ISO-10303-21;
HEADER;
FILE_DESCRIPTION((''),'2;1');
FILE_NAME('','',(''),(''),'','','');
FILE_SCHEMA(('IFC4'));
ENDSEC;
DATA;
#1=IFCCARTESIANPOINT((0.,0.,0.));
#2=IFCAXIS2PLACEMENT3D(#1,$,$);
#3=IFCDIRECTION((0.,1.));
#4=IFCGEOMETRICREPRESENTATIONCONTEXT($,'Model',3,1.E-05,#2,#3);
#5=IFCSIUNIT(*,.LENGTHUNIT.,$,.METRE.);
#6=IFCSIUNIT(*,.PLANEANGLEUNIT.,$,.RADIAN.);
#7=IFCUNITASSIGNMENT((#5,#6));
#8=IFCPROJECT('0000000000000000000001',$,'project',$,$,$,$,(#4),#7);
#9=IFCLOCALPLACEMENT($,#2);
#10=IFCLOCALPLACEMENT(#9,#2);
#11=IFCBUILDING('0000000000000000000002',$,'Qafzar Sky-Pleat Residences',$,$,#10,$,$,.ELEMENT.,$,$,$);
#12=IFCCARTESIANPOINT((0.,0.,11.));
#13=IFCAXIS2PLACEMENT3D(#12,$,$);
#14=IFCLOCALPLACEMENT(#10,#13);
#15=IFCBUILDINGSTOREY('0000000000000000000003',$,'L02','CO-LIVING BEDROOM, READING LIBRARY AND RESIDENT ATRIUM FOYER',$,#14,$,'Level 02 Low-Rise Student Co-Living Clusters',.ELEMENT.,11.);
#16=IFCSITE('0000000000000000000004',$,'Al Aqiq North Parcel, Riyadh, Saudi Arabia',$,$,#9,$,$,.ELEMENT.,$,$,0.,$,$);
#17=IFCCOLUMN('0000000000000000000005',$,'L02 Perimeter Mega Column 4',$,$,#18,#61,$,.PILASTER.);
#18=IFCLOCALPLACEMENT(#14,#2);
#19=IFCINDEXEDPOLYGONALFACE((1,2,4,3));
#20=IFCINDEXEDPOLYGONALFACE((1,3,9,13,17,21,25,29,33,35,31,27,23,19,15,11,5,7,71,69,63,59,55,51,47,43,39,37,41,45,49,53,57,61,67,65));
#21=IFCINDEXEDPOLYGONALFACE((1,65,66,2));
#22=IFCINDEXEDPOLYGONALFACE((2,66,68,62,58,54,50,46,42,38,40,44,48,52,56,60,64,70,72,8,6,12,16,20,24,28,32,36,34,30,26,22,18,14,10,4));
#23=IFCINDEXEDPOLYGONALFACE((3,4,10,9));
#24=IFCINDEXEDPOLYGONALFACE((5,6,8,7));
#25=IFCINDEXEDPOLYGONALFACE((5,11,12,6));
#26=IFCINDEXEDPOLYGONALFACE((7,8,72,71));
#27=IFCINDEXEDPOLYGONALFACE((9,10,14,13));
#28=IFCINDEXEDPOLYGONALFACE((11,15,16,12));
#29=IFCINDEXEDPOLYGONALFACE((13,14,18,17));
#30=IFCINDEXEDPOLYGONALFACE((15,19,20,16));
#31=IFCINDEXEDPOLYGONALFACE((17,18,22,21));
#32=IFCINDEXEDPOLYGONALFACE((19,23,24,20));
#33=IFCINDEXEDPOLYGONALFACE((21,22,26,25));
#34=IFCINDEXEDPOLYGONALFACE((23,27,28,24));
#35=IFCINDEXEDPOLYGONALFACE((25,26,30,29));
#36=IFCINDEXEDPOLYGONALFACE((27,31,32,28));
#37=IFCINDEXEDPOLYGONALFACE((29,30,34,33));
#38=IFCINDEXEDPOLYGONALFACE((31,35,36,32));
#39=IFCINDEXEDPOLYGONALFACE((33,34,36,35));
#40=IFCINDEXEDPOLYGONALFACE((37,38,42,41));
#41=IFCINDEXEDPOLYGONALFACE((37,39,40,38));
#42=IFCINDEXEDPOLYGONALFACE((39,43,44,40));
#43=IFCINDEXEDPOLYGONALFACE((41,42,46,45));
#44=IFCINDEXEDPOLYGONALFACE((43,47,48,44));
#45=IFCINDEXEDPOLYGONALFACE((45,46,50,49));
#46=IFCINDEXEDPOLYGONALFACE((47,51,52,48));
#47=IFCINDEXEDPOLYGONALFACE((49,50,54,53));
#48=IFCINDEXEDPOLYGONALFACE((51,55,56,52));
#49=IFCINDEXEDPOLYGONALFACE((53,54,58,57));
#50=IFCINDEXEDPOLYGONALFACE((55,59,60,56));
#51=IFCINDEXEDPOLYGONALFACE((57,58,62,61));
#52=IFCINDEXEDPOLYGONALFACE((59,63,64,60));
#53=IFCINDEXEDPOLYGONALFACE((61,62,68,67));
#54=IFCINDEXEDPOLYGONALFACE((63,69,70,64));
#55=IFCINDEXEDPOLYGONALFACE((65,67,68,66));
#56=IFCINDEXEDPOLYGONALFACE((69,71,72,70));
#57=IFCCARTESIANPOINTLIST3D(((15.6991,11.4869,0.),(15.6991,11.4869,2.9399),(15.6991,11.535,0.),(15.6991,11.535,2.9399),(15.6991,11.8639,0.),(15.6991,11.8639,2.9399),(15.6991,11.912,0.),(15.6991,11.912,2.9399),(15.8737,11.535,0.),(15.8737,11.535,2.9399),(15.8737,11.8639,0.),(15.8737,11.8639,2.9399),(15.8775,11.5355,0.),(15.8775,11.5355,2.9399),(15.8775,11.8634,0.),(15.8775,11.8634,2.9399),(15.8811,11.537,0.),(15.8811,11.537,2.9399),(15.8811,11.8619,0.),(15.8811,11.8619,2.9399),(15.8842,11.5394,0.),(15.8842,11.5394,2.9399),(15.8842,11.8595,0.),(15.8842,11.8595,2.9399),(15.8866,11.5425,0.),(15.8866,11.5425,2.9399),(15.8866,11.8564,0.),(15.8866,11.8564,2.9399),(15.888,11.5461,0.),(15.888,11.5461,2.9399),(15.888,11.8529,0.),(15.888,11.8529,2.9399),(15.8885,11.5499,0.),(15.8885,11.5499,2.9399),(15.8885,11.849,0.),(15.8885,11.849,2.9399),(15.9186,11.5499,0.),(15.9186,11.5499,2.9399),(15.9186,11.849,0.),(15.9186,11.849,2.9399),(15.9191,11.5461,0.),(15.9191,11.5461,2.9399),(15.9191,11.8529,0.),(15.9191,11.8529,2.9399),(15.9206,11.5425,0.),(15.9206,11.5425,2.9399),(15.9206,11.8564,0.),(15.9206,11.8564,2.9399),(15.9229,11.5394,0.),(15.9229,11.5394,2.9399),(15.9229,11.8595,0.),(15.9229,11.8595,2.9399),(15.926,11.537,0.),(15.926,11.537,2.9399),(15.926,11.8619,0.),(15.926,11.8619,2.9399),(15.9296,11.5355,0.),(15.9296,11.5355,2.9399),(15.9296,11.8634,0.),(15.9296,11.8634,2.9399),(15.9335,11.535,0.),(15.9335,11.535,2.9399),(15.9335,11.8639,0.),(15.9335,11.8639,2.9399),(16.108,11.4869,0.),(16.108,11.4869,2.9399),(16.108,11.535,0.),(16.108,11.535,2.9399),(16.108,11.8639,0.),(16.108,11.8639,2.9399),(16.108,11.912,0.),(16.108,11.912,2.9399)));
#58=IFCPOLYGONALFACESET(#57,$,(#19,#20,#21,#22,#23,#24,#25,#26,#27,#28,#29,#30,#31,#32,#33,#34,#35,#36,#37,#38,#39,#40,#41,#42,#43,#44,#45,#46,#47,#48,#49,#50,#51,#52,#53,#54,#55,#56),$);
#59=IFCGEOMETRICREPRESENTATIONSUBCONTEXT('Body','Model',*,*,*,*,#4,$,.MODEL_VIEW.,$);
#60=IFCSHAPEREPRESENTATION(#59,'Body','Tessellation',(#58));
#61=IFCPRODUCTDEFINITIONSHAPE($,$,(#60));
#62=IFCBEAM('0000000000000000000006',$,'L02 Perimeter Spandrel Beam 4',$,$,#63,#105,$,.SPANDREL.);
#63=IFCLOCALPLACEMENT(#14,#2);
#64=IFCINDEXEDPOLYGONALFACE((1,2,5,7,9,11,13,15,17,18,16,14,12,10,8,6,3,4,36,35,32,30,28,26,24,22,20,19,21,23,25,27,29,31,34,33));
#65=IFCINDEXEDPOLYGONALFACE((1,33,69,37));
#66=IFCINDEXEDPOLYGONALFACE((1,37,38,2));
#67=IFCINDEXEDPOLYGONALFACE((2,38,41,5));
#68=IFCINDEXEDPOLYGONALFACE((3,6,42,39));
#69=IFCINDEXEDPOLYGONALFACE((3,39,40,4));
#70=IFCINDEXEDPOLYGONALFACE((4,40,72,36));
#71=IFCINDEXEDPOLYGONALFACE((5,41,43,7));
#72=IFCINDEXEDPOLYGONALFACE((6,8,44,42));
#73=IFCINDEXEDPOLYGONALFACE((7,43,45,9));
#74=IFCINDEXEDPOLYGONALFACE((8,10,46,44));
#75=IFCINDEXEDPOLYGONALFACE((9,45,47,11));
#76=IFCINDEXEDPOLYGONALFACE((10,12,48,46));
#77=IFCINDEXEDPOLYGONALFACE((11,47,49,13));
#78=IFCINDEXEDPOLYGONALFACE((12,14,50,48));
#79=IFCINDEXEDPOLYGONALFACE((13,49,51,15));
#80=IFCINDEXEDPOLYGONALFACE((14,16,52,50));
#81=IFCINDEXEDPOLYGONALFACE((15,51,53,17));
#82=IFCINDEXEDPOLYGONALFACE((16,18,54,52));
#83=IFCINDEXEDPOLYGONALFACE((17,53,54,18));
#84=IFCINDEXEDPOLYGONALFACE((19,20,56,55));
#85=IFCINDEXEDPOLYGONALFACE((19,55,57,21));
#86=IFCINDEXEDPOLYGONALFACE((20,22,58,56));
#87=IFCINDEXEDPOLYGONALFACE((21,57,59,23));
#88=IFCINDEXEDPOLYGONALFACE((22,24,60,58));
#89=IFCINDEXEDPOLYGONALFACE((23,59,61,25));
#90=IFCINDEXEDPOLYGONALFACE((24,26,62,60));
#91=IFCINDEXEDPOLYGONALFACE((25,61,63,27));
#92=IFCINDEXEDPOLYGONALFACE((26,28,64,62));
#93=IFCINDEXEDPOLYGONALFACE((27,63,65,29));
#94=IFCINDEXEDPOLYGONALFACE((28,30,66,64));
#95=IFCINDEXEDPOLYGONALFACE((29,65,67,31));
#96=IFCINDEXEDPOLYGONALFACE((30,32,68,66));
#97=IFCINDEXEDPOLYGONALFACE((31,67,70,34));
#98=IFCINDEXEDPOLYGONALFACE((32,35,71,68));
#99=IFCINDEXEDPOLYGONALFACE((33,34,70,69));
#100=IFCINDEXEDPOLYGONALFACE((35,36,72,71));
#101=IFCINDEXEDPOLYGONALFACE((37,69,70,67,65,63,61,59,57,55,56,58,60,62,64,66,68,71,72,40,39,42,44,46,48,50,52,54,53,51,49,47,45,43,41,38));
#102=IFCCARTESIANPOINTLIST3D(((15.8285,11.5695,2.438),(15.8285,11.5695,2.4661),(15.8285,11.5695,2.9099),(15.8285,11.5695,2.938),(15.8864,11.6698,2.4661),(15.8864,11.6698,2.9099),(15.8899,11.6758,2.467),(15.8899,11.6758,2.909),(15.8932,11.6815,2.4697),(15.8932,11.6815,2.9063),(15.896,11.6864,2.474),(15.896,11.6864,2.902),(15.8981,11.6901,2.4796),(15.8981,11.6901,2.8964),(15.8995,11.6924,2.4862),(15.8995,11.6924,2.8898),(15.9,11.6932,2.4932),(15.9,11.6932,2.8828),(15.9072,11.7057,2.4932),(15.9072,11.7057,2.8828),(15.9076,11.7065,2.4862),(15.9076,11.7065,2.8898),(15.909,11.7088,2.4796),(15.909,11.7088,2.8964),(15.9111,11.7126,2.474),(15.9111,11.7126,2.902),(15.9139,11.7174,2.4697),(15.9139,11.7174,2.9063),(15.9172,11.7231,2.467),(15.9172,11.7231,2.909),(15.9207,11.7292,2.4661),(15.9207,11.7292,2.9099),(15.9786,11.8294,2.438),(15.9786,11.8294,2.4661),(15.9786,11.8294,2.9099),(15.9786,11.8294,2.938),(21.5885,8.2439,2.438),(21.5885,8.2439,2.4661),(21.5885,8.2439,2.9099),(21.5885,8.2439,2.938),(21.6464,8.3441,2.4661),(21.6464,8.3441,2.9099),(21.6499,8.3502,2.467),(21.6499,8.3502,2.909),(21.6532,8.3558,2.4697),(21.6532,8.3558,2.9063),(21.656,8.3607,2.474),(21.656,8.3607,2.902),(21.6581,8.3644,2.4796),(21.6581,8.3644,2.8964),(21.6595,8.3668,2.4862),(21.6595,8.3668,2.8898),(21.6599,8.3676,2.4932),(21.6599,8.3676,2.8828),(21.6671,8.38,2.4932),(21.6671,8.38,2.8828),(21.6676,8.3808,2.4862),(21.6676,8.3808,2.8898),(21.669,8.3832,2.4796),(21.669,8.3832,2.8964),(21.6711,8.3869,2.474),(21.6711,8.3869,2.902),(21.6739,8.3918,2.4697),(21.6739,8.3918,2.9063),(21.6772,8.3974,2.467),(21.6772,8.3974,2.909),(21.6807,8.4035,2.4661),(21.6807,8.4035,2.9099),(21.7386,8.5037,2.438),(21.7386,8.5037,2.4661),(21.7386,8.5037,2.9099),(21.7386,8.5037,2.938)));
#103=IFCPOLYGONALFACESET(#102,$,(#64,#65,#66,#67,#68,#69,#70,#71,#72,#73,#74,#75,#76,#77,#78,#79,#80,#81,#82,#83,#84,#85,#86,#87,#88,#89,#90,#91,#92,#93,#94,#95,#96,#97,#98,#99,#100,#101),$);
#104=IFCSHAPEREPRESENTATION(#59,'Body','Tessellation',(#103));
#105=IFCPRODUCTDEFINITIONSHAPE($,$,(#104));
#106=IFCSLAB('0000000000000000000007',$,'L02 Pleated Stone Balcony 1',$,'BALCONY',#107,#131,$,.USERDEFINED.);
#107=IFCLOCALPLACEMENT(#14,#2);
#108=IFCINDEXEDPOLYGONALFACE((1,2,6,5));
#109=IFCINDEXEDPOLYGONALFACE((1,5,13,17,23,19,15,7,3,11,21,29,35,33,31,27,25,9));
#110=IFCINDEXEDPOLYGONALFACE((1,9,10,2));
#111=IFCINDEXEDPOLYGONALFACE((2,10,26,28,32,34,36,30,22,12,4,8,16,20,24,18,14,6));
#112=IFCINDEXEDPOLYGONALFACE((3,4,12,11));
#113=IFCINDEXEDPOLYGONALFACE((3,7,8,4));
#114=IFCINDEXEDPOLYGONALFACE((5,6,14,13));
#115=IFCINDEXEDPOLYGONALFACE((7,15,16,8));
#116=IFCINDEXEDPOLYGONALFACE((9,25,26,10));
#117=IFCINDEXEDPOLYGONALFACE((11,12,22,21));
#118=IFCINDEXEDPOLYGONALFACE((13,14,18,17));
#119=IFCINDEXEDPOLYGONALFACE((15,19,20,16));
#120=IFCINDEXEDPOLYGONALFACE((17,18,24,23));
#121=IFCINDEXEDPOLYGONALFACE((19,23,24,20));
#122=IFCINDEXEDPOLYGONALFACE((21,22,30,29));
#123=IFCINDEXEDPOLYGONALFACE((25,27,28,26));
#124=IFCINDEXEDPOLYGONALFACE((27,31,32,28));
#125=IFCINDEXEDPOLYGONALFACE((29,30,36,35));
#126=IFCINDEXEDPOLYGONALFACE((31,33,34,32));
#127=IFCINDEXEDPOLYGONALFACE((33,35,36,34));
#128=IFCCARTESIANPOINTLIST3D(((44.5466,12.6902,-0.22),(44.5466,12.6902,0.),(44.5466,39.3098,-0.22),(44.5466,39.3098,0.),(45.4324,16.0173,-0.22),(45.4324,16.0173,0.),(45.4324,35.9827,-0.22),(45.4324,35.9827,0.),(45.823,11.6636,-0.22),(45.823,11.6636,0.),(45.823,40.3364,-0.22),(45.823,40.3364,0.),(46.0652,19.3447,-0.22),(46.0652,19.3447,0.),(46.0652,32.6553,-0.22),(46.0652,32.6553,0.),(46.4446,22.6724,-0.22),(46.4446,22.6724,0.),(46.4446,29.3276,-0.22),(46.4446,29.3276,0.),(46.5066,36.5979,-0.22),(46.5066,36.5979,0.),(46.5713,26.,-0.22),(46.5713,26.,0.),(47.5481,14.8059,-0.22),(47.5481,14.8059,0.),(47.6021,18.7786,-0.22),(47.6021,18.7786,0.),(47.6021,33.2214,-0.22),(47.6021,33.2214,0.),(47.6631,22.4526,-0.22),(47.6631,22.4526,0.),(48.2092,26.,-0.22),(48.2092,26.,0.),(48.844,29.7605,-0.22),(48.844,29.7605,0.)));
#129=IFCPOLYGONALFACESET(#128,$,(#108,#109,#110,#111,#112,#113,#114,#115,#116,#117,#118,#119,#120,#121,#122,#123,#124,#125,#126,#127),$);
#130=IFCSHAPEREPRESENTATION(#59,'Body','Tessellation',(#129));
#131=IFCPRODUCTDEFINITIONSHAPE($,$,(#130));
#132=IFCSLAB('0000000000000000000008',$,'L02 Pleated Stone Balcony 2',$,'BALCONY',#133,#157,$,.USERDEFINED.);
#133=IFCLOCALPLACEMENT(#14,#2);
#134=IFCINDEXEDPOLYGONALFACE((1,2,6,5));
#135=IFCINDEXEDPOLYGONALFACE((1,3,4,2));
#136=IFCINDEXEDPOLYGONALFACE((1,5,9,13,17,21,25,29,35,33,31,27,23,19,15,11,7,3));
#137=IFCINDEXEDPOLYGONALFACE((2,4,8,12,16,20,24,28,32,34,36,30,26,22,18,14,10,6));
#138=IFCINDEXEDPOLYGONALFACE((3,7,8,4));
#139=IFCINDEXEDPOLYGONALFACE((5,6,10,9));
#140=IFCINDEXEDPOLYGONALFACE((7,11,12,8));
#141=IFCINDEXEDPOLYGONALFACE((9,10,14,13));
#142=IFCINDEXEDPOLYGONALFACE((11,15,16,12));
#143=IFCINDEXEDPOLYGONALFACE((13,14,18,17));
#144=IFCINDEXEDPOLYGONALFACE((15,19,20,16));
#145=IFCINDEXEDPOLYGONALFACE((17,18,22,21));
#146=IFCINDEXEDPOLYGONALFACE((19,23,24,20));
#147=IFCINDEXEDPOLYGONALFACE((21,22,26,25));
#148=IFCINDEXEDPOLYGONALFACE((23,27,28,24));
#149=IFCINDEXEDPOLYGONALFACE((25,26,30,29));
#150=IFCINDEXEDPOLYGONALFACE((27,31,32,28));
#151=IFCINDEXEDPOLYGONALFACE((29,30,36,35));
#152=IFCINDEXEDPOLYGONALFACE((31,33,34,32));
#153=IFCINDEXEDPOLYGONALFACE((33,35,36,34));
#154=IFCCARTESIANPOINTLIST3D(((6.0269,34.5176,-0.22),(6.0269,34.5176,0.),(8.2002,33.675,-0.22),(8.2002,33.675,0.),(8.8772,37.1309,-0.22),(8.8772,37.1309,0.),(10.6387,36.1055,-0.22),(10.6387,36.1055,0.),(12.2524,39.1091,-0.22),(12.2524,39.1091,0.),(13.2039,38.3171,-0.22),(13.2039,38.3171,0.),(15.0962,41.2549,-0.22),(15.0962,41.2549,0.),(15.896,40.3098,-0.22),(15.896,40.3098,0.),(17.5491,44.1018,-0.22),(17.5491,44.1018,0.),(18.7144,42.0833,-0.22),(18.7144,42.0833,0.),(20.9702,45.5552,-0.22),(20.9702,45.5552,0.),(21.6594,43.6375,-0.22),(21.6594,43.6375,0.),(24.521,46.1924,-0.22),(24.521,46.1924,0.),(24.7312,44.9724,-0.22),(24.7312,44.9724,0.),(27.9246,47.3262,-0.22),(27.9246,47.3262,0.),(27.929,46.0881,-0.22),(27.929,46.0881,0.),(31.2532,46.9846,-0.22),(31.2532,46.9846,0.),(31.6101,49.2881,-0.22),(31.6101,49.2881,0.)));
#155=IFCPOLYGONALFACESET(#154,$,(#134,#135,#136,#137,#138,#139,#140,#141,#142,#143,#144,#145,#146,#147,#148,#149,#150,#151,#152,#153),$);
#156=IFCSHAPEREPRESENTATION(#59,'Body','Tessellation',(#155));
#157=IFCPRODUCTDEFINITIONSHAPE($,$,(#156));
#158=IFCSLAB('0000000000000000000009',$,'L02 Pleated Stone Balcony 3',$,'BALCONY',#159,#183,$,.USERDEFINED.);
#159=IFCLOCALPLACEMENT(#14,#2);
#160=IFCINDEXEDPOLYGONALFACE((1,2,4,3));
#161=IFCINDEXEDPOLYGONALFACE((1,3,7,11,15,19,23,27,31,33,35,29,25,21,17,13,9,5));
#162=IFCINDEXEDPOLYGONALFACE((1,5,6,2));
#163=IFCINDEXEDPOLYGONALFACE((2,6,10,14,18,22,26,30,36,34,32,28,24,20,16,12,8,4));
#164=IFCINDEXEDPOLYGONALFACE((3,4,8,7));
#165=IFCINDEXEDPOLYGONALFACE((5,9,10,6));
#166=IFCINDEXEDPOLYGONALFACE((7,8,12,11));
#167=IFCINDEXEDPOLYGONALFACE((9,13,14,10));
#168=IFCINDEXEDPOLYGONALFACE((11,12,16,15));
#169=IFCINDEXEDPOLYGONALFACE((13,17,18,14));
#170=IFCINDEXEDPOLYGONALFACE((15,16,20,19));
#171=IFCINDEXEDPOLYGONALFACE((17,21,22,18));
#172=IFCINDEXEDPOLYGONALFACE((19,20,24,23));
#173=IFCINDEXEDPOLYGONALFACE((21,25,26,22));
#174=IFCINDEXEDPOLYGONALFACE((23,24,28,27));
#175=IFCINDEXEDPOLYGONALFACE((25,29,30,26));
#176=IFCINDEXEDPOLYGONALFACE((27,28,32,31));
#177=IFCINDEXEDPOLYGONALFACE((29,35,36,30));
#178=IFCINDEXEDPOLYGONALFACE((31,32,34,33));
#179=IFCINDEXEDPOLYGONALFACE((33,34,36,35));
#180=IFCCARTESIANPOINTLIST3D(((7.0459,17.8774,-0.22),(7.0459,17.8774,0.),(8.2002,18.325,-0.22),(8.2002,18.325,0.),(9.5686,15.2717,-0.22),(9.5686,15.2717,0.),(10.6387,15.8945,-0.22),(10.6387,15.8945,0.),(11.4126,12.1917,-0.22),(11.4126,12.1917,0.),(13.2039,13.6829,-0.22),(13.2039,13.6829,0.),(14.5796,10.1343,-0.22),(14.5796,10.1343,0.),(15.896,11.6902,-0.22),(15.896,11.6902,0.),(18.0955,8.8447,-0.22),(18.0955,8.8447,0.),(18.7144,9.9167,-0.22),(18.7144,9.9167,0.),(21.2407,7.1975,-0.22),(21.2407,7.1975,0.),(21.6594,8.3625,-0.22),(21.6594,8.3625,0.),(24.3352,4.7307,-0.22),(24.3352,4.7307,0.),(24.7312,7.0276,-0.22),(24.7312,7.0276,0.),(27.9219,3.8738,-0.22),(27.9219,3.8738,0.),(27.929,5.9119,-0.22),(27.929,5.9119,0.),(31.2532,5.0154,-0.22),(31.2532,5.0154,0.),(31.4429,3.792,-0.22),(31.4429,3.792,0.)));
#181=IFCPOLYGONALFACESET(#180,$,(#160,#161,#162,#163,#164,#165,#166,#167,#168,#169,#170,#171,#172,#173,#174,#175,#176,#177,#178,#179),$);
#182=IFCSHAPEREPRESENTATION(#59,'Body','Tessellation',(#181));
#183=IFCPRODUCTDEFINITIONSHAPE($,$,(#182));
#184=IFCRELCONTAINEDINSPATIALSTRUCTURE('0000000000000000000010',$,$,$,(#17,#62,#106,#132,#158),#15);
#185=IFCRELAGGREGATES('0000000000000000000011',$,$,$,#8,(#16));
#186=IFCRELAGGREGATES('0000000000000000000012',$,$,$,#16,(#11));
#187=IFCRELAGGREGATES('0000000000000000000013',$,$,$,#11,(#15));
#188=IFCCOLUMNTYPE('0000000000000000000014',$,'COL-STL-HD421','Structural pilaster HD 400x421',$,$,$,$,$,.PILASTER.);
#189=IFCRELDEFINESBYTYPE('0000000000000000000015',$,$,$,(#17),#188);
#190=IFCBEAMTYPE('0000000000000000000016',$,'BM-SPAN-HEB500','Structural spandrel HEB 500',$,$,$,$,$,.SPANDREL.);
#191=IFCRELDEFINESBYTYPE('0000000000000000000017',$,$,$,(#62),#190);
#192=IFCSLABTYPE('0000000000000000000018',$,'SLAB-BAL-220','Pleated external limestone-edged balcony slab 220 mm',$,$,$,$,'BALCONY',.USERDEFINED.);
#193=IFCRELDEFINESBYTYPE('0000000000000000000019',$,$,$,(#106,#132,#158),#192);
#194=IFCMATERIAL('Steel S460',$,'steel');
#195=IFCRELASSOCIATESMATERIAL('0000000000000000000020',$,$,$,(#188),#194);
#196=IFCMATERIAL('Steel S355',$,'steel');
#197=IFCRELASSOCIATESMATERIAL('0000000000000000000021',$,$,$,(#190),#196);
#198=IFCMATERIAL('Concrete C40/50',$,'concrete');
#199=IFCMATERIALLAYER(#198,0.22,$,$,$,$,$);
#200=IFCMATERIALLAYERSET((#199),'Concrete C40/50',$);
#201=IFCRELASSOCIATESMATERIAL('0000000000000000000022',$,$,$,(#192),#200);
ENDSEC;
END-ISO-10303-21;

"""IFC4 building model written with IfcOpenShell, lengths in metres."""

from ifc_helpers import new_model, si_unit, direction, frame, origin, origin_2d, place, context, subcontext, project, spatial, polyline, i_section, outline, extrude, source, transform, mapped, material, layer, layer_set, material_profile, profile_set, type_object, element, save


model = new_model("IFC4")

# Units and contexts
model_context = context("Model", 3, precision=1e-05, world=origin(), true_north=direction((0.0, 1.0)))
body_context = subcontext(model_context, "Body", "Model", "MODEL_VIEW")
ifc_project = project(units=[si_unit("LENGTHUNIT", "METRE"), si_unit("PLANEANGLEUNIT", "RADIAN")], contexts=[model_context])

# Site, building, storey
site_placement = place(None, origin())
site = spatial("IfcSite", under=ifc_project, at=site_placement, Name="Al Aqiq North Parcel, Riyadh, Saudi Arabia", CompositionType="ELEMENT", RefElevation=0.0)
building_placement = place(site_placement, origin())
building = spatial("IfcBuilding", under=site, at=building_placement, Name="Qafzar Sky-Pleat Residences", CompositionType="ELEMENT")
storey_placement = place(building_placement, frame((0.0, 0.0, 11.0)))
storey = spatial("IfcBuildingStorey", under=building, at=storey_placement, Name="L02", Description="CO-LIVING BEDROOM, READING LIBRARY AND RESIDENT ATRIUM FOYER", LongName="Level 02 Low-Rise Student Co-Living Clusters", CompositionType="ELEMENT", Elevation=11.0)

# Column
ifc_material_1 = material(Name="Steel S460", Category="steel")
ifc_material_profile_1 = material_profile(ifc_material_1, i_section(OverallWidth=0.4089, OverallDepth=0.425, WebThickness=0.03, FlangeThickness=0.0481, FilletRadius=0.0149, at=origin_2d()), Name="HD 400x421")
ifc_profile_set_1 = profile_set([ifc_material_profile_1], Name="Steel S460")
column_type = type_object("IfcColumnType", Name="COL-STL-HD421", Description="Structural pilaster HD 400x421", PredefinedType="PILASTER", material=ifc_profile_set_1)
shared_shape_1 = source(origin(), body_context, "Body", "SweptSolid", [
    extrude(i_section(OverallWidth=0.4089, OverallDepth=0.425, WebThickness=0.03, FlangeThickness=0.0481, FilletRadius=0.0149, at=origin_2d()), origin(), (0.0, 0.0, 1.0), 2.9399),
])
column_placement = place(storey_placement, frame((15.9036, 11.6995, 0.0), z_axis=(0.0, 0.0, 1.0), x_axis=(1.0, 0.0, 0.0)))
element("IfcColumn", 1, at=column_placement, inside=storey, type_object=column_type, Name="L02 Perimeter Mega Column 4", PredefinedType="PILASTER", context=body_context, shape_type="MappedRepresentation", body=[
    mapped(shared_shape_1, transform((0.0, 0.0, 0.0), x_axis=(1.0, 0.0, 0.0), y_axis=(0.0, 1.0, 0.0), z_axis=(0.0, 0.0, 1.0), scale=1.0)),
])

# Beam
ifc_material_2 = material(Name="Steel S355", Category="steel")
ifc_material_profile_2 = material_profile(ifc_material_2, i_section(OverallWidth=0.3, OverallDepth=0.5, WebThickness=0.0144, FlangeThickness=0.0281, FilletRadius=0.0271, at=origin_2d()), Name="HEB 500")
ifc_profile_set_2 = profile_set([ifc_material_profile_2], Name="Steel S355")
beam_type = type_object("IfcBeamType", Name="BM-SPAN-HEB500", Description="Structural spandrel HEB 500", PredefinedType="SPANDREL", material=ifc_profile_set_2)
shared_shape_2 = source(origin(), body_context, "Body", "SweptSolid", [
    extrude(i_section(OverallWidth=0.3, OverallDepth=0.5, WebThickness=0.0144, FlangeThickness=0.0281, FilletRadius=0.0271, at=origin_2d()), origin(), (0.0, 0.0, 1.0), 6.6511),
])
beam_placement = place(storey_placement, frame((15.9036, 11.6995, 2.688), z_axis=(0.866016, -0.500016, 0.0), x_axis=(0.500016, 0.866016, 0.0)))
element("IfcBeam", 2, at=beam_placement, inside=storey, type_object=beam_type, Name="L02 Perimeter Spandrel Beam 4", PredefinedType="SPANDREL", context=body_context, shape_type="MappedRepresentation", body=[
    mapped(shared_shape_2, transform((0.0, 0.0, 0.0), x_axis=(1.0, 0.0, 0.0), y_axis=(0.0, 1.0, 0.0), z_axis=(0.0, 0.0, 1.0), scale=1.0)),
])

# Slabs
ifc_material_3 = material(Name="Concrete C40/50", Category="concrete")
ifc_layer_1 = layer(ifc_material_3, 0.22)
ifc_layer_set_1 = layer_set([ifc_layer_1], Name="Concrete C40/50")
slab_type_1 = type_object("IfcSlabType", Name="SLAB-BAL-220", Description="Pleated external limestone-edged balcony slab 220 mm", ElementType="BALCONY", PredefinedType="USERDEFINED", material=ifc_layer_set_1)
slab_1_placement = place(storey_placement, frame((0.0, 0.0, -0.22)))
element("IfcSlab", 3, at=slab_1_placement, inside=storey, type_object=slab_type_1, Name="L02 Pleated Stone Balcony 1", ObjectType="BALCONY", PredefinedType="USERDEFINED", context=body_context, shape_type="SweptSolid", body=[
    extrude(outline(polyline([(45.4324, 16.0173), (46.0652, 19.3447), (46.4446, 22.6724), (46.5713, 26.0), (46.4446, 29.3276), (46.0652, 32.6553), (45.4324, 35.9827), (44.5466, 39.3098), (45.823, 40.3364), (46.5066, 36.5979), (47.6021, 33.2214), (48.844, 29.7605), (48.2092, 26.0), (47.6631, 22.4526), (47.6021, 18.7786), (47.5481, 14.8059), (45.823, 11.6636), (44.5466, 12.6902), (45.4324, 16.0173)])), origin(), (0.0, 0.0, 1.0), 0.22),
])
slab_2_placement = place(storey_placement, frame((0.0, 0.0, -0.22)))
element("IfcSlab", 4, at=slab_2_placement, inside=storey, type_object=slab_type_1, Name="L02 Pleated Stone Balcony 2", ObjectType="BALCONY", PredefinedType="USERDEFINED", context=body_context, shape_type="SweptSolid", body=[
    extrude(outline(polyline([(27.929, 46.0881), (24.7312, 44.9724), (21.6594, 43.6375), (18.7144, 42.0833), (15.896, 40.3098), (13.2039, 38.3171), (10.6387, 36.1055), (8.2002, 33.675), (6.0269, 34.5176), (8.8772, 37.1309), (12.2524, 39.1091), (15.0962, 41.2549), (17.5491, 44.1018), (20.9702, 45.5552), (24.521, 46.1924), (27.9246, 47.3262), (31.6101, 49.2881), (31.2532, 46.9846), (27.929, 46.0881)])), origin(), (0.0, 0.0, 1.0), 0.22),
])
slab_3_placement = place(storey_placement, frame((0.0, 0.0, -0.22)))
element("IfcSlab", 5, at=slab_3_placement, inside=storey, type_object=slab_type_1, Name="L02 Pleated Stone Balcony 3", ObjectType="BALCONY", PredefinedType="USERDEFINED", context=body_context, shape_type="SweptSolid", body=[
    extrude(outline(polyline([(10.6387, 15.8945), (13.2039, 13.6829), (15.896, 11.6902), (18.7144, 9.9167), (21.6594, 8.3625), (24.7312, 7.0276), (27.929, 5.9119), (31.2532, 5.0154), (31.4429, 3.792), (27.9219, 3.8738), (24.3352, 4.7307), (21.2407, 7.1975), (18.0955, 8.8447), (14.5796, 10.1343), (11.4126, 12.1917), (9.5686, 15.2717), (7.0459, 17.8774), (8.2002, 18.325), (10.6387, 15.8945)])), origin(), (0.0, 0.0, 1.0), 0.22),
])

save(model, "model.ifc")
